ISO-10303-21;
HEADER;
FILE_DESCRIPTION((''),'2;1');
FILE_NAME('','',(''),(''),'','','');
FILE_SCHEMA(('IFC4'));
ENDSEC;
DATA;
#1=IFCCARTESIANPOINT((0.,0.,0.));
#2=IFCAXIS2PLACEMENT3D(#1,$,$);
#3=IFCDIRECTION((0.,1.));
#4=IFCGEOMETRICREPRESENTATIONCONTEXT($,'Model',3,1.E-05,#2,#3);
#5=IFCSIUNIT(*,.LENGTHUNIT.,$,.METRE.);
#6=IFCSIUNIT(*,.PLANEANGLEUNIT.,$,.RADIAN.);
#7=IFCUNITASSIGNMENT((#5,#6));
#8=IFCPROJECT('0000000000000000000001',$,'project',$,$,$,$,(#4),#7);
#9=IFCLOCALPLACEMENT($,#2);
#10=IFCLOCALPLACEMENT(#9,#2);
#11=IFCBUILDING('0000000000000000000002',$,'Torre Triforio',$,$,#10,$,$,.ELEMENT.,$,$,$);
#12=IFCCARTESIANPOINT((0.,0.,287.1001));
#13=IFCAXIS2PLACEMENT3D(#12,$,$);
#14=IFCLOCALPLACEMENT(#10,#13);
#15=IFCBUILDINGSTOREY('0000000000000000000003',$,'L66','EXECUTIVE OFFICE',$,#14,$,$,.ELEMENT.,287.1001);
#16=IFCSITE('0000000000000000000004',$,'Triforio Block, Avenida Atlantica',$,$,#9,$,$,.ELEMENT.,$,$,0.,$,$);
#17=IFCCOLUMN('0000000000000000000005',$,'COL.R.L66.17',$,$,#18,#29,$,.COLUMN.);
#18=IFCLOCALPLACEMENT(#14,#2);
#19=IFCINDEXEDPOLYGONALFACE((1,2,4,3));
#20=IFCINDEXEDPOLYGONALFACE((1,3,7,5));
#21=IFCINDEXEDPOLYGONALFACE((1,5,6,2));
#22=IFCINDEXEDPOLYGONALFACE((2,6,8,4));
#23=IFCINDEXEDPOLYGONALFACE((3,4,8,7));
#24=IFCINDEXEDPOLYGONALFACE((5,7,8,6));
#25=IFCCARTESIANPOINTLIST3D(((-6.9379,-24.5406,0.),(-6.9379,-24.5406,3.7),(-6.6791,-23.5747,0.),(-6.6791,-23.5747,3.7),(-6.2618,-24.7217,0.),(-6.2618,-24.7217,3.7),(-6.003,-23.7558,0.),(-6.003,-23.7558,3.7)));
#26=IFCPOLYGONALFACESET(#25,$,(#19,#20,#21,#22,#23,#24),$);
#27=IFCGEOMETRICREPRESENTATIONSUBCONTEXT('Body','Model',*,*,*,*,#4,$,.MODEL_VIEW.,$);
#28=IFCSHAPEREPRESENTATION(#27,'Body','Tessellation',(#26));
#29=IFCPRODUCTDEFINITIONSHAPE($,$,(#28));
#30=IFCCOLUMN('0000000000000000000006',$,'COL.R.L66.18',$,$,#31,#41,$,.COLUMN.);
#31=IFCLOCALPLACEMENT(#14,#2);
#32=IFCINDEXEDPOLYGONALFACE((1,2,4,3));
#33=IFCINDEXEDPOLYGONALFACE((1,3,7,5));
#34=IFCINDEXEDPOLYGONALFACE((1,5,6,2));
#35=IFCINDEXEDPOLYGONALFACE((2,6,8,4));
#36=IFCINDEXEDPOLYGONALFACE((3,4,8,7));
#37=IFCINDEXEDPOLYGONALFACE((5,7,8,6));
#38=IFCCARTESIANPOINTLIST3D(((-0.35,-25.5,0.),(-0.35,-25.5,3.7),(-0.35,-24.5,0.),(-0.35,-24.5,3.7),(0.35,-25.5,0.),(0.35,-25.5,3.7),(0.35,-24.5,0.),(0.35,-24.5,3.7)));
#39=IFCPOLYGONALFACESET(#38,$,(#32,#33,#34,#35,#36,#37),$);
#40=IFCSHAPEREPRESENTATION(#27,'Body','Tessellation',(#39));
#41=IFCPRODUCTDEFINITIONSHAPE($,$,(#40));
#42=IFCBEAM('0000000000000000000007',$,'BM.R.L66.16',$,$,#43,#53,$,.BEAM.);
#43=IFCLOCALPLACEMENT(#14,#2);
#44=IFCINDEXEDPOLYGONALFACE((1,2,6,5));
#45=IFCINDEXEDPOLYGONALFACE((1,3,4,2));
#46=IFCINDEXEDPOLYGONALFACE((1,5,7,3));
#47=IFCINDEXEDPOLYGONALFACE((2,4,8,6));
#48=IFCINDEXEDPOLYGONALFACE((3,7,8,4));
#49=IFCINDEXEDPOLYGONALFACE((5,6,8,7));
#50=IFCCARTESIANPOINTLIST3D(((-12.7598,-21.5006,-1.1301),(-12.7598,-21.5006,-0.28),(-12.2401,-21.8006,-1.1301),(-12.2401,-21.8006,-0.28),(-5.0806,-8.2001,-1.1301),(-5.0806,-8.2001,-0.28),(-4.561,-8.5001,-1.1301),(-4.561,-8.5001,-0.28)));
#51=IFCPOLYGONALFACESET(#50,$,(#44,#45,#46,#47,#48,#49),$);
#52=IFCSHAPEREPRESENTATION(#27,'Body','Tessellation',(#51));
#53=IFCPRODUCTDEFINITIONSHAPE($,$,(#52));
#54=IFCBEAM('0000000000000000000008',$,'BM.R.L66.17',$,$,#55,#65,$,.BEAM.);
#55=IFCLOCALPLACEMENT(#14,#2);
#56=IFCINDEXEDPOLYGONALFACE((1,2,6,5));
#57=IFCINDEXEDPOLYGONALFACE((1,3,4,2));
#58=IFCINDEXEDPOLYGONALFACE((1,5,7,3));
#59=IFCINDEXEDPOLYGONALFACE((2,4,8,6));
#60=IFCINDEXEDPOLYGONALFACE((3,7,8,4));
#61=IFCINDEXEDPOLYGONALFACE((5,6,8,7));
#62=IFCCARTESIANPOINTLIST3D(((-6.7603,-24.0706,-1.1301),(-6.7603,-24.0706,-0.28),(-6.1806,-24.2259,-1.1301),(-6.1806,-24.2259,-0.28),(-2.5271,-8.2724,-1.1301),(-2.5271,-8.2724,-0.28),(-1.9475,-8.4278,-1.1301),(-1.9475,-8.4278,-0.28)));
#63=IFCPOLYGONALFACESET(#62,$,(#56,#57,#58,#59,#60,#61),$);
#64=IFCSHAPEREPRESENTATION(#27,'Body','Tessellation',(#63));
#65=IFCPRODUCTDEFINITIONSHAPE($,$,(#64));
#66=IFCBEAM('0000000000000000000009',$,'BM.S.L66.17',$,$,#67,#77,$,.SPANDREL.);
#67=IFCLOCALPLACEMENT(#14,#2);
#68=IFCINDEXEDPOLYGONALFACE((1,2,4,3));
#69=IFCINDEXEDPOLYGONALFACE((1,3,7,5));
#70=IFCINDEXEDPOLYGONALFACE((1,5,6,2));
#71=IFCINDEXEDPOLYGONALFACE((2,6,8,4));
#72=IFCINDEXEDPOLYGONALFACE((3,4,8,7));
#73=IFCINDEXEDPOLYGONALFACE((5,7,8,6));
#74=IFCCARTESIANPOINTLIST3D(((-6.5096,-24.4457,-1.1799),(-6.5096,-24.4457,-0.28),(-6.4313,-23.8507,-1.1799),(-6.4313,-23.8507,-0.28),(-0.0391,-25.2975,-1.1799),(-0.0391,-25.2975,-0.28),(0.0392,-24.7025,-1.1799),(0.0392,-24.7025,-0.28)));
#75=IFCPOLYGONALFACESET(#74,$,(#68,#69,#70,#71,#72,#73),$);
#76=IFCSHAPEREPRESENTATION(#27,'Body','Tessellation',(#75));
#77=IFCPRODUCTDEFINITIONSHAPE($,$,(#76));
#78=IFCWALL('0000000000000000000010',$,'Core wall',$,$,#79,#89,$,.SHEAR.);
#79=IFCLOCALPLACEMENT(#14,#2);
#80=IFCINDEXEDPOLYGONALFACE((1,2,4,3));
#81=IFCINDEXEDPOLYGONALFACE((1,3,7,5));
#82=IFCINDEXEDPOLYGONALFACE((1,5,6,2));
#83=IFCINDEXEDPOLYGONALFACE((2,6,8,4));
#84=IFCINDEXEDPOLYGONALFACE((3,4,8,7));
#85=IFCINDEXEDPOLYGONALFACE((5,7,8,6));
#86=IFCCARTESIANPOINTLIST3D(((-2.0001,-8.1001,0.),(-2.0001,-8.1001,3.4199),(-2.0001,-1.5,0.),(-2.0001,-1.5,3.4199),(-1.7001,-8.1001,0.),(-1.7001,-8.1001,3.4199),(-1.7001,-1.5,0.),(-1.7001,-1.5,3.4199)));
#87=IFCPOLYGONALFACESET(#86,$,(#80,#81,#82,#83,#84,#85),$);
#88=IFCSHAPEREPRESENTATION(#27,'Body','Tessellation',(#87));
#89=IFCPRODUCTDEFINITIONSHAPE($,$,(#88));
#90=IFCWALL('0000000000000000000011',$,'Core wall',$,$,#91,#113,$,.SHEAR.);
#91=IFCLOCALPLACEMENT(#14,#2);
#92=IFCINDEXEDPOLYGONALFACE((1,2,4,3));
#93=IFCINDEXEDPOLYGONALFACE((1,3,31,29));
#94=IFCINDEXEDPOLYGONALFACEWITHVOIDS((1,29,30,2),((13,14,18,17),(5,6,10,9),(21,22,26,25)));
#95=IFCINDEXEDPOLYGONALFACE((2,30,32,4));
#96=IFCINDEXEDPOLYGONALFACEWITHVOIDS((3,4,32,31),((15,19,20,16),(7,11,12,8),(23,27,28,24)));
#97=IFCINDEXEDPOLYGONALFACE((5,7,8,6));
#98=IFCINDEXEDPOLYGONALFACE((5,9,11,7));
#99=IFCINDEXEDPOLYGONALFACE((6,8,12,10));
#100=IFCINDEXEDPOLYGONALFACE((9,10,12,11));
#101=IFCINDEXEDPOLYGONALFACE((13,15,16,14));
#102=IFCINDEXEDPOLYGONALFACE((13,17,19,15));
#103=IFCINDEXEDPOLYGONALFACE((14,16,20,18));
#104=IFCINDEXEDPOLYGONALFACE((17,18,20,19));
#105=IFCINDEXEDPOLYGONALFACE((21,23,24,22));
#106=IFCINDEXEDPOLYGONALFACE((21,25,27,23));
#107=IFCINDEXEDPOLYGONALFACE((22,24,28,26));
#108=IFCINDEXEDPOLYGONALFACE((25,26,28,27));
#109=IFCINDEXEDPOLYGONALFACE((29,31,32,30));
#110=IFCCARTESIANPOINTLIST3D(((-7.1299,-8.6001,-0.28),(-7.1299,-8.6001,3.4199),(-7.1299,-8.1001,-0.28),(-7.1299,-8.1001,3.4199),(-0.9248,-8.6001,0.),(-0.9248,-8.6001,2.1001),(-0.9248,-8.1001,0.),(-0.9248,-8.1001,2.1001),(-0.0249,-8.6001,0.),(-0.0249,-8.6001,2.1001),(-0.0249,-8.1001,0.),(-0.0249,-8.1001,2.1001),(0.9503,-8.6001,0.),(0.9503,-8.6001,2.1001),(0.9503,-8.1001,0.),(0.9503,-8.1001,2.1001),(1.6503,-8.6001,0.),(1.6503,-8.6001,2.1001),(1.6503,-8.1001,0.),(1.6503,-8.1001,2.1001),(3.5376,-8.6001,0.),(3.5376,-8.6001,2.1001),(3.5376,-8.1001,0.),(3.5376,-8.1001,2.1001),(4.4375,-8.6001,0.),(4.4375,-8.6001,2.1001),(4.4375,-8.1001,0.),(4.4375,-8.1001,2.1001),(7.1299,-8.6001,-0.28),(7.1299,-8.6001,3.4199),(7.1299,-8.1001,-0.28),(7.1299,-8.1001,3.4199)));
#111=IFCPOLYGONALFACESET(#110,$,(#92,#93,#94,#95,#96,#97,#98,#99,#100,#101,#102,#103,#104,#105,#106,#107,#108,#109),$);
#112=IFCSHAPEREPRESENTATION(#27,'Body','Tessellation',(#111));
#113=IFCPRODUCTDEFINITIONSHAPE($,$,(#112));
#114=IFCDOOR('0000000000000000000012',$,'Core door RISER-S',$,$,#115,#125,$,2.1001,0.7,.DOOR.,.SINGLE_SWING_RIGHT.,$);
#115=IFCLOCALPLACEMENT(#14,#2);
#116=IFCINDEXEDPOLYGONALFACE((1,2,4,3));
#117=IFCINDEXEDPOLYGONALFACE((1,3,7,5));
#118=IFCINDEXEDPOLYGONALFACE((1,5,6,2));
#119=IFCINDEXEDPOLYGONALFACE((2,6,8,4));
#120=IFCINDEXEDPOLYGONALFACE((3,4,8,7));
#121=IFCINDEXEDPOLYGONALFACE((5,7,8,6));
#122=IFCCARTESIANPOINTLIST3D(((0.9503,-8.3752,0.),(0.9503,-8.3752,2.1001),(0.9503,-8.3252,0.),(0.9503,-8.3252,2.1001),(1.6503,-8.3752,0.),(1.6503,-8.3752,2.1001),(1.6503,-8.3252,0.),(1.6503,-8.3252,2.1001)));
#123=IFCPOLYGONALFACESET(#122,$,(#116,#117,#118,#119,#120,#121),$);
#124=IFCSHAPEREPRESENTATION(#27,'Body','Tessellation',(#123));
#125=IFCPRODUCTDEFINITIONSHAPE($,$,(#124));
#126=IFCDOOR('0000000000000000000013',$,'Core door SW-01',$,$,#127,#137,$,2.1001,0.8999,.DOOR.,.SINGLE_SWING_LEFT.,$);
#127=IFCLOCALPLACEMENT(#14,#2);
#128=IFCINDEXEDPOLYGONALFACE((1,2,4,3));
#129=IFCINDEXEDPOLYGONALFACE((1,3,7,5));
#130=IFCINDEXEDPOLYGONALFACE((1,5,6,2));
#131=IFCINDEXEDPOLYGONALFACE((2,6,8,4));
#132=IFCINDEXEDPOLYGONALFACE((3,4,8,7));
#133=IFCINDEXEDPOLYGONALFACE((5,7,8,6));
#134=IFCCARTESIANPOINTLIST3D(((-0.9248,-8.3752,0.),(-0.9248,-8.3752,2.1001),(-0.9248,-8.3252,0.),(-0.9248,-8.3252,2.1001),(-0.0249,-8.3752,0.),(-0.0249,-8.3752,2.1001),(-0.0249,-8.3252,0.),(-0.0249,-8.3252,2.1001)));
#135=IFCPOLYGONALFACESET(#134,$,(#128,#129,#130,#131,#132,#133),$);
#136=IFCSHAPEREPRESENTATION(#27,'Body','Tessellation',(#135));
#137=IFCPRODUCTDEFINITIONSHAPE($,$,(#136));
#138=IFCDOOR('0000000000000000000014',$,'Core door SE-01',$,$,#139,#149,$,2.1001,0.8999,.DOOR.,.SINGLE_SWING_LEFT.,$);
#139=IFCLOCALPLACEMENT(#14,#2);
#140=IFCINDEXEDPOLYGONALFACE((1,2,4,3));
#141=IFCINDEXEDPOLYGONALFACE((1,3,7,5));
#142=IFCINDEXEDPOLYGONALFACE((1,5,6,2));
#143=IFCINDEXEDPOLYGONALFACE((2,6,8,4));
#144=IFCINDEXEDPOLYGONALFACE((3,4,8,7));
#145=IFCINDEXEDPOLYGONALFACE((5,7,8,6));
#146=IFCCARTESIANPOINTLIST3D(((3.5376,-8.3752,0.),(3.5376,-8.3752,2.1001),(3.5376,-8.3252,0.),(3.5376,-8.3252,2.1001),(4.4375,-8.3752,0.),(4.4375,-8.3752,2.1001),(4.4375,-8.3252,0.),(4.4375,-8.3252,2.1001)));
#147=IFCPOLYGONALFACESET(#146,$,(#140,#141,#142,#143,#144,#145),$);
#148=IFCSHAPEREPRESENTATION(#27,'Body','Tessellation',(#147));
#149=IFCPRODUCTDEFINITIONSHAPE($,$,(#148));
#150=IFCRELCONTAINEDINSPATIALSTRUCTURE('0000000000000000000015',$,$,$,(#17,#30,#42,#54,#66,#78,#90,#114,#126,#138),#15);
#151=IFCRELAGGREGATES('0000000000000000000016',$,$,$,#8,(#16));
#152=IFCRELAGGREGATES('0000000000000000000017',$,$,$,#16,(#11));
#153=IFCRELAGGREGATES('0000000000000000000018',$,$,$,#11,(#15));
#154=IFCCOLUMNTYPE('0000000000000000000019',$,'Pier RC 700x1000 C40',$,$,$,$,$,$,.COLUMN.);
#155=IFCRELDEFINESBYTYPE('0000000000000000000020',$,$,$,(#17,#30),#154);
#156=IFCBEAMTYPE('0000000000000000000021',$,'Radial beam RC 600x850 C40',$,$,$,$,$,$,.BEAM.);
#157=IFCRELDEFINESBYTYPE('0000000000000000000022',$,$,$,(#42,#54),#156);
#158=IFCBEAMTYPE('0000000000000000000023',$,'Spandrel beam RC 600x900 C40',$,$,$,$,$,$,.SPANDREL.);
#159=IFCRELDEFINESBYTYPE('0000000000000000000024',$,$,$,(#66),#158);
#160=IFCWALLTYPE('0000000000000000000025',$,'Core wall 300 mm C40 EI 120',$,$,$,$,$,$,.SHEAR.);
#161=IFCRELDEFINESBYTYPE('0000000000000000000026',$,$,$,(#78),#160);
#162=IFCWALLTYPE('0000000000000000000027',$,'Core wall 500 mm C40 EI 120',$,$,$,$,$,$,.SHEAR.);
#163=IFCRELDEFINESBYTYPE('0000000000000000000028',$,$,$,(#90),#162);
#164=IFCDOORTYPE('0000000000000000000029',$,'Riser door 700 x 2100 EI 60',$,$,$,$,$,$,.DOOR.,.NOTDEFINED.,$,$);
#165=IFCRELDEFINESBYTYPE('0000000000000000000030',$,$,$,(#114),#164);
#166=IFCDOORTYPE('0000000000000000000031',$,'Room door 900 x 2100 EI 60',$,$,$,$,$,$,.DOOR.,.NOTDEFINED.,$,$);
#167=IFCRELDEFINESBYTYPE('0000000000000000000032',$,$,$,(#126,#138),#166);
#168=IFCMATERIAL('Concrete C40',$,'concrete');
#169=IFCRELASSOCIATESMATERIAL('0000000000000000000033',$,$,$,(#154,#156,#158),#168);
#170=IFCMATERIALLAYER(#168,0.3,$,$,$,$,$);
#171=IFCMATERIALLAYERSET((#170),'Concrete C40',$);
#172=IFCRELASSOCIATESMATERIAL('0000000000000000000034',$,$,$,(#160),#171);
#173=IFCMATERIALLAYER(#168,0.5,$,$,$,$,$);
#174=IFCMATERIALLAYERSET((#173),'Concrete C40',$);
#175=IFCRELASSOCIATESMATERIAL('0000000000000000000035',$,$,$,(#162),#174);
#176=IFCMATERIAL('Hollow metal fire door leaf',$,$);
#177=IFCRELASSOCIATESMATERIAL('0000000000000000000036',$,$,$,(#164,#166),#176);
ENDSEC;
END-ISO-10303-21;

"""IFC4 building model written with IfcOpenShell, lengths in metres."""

from ifc_helpers import new_model, si_unit, direction, frame, frame_2d, origin, origin_2d, place, context, subcontext, project, spatial, rectangle, extrude, material, layer, layer_set, material_profile, profile_set, type_object, element, fill, save


model = new_model("IFC4")

# Units and contexts
model_context = context("Model", 3, precision=1e-05, world=origin(), true_north=direction((0.0, 1.0)))
body_context = subcontext(model_context, "Body", "Model", "MODEL_VIEW")
ifc_project = project(units=[si_unit("LENGTHUNIT", "METRE"), si_unit("PLANEANGLEUNIT", "RADIAN")], contexts=[model_context])

# Site, building, storey
site_placement = place(None, origin())
site = spatial("IfcSite", under=ifc_project, at=site_placement, Name="Triforio Block, Avenida Atlantica", CompositionType="ELEMENT", RefElevation=0.0)
building_placement = place(site_placement, origin())
building = spatial("IfcBuilding", under=site, at=building_placement, Name="Torre Triforio", CompositionType="ELEMENT")
storey_placement = place(building_placement, frame((0.0, 0.0, 287.1001)))
storey = spatial("IfcBuildingStorey", under=building, at=storey_placement, Name="L66", Description="EXECUTIVE OFFICE", CompositionType="ELEMENT", Elevation=287.1001)

# Columns
ifc_material_1 = material(Name="Concrete C40", Category="concrete")
ifc_material_profile_1 = material_profile(ifc_material_1, rectangle(XDim=0.7, YDim=1.0, at=origin_2d()), Name="RC 700x1000")
ifc_profile_set_1 = profile_set([ifc_material_profile_1], Name="Concrete C40")
column_type = type_object("IfcColumnType", Name="Pier RC 700x1000 C40", PredefinedType="COLUMN", material=ifc_profile_set_1)
for number, where, z_axis, x_axis, name in (
    (1, (-6.4705, -24.1482, 0.0), (0.0, 0.0, 1.0), (0.965926, -0.258819, 0.0), "COL.R.L66.17"),
    (2, (0.0, -25.0, 0.0), (0.0, 0.0, 1.0), (1.0, 0.0, 0.0), "COL.R.L66.18"),
):
    element("IfcColumn", number, at=place(storey_placement, frame(where, z_axis=z_axis, x_axis=x_axis)), inside=storey, type_object=column_type, Name=name, PredefinedType="COLUMN", context=body_context, shape_type="SweptSolid", body=[
        extrude(rectangle(XDim=0.7, YDim=1.0, at=origin_2d()), origin(), (0.0, 0.0, 1.0), 3.7),
    ])

# Beams
ifc_material_profile_2 = material_profile(ifc_material_1, rectangle(XDim=0.6001, YDim=0.8501, at=origin_2d()), Name="RC 600x850")
ifc_profile_set_2 = profile_set([ifc_material_profile_2], Name="Concrete C40")
beam_type_1 = type_object("IfcBeamType", Name="Radial beam RC 600x850 C40", PredefinedType="BEAM", material=ifc_profile_set_2)
beam_1_placement = place(storey_placement, frame((-4.8208, -8.3501, -0.7051), z_axis=(-0.500006, -0.866022, 0.0), x_axis=(0.866022, -0.500006, 0.0)))
element("IfcBeam", 3, at=beam_1_placement, inside=storey, type_object=beam_type_1, Name="BM.R.L66.16", PredefinedType="BEAM", context=body_context, shape_type="SweptSolid", body=[
    extrude(rectangle(XDim=0.6001, YDim=0.8501, at=origin_2d()), origin(), (0.0, 0.0, 1.0), 15.3582),
])
beam_2_placement = place(storey_placement, frame((-2.2373, -8.3501, -0.7051), z_axis=(-0.258823, -0.965925, 0.0), x_axis=(0.965925, -0.258823, 0.0)))
element("IfcBeam", 4, at=beam_2_placement, inside=storey, type_object=beam_type_1, Name="BM.R.L66.17", PredefinedType="BEAM", context=body_context, shape_type="SweptSolid", body=[
    extrude(rectangle(XDim=0.6001, YDim=0.8501, at=origin_2d()), origin(), (0.0, 0.0, 1.0), 16.3555),
])
ifc_material_profile_3 = material_profile(ifc_material_1, rectangle(XDim=0.6001, YDim=0.8999, at=origin_2d()), Name="RC 600x900")
ifc_profile_set_3 = profile_set([ifc_material_profile_3], Name="Concrete C40")
beam_type_2 = type_object("IfcBeamType", Name="Spandrel beam RC 600x900 C40", PredefinedType="SPANDREL", material=ifc_profile_set_3)
beam_3_placement = place(storey_placement, frame((-6.4705, -24.1482, -0.73), z_axis=(0.991446, -0.130519, 0.0), x_axis=(0.130519, 0.991446, 0.0)))
element("IfcBeam", 5, at=beam_3_placement, inside=storey, type_object=beam_type_2, Name="BM.S.L66.17", PredefinedType="SPANDREL", context=body_context, shape_type="SweptSolid", body=[
    extrude(rectangle(XDim=0.6001, YDim=0.8999, at=origin_2d()), origin(), (0.0, 0.0, 1.0), 6.5264),
])

# Wall
ifc_layer_1 = layer(ifc_material_1, 0.3)
ifc_layer_set_1 = layer_set([ifc_layer_1], Name="Concrete C40")
wall_type_1 = type_object("IfcWallType", Name="Core wall 300 mm C40 EI 120", PredefinedType="SHEAR", material=ifc_layer_set_1)
wall_1_placement = place(storey_placement, frame((-1.8501, -8.1001, 0.0), z_axis=(0.0, 0.0, 1.0), x_axis=(0.0, 1.0, 0.0)))
element("IfcWall", 6, at=wall_1_placement, inside=storey, type_object=wall_type_1, Name="Core wall", PredefinedType="SHEAR", context=body_context, shape_type="SweptSolid", body=[
    extrude(rectangle(XDim=6.6001, YDim=0.3, at=frame_2d((3.3, 0.0))), origin(), (0.0, 0.0, 1.0), 3.4199),
])

# Wall, openings, doors
ifc_layer_2 = layer(ifc_material_1, 0.5)
ifc_layer_set_2 = layer_set([ifc_layer_2], Name="Concrete C40")
wall_type_2 = type_object("IfcWallType", Name="Core wall 500 mm C40 EI 120", PredefinedType="SHEAR", material=ifc_layer_set_2)
wall_2_placement = place(storey_placement, frame((-7.1299, -8.3501, -0.28), z_axis=(0.0, 0.0, 1.0), x_axis=(1.0, 0.0, 0.0)))
wall_2 = element("IfcWall", 7, at=wall_2_placement, inside=storey, type_object=wall_type_2, Name="Core wall", PredefinedType="SHEAR", context=body_context, shape_type="SweptSolid", body=[
    extrude(rectangle(XDim=14.2598, YDim=0.5, at=frame_2d((7.1299, 0.0))), origin(), (0.0, 0.0, 1.0), 3.7),
])
opening_1_placement = place(wall_2_placement, frame((8.0801, 0.0, 0.28)))
opening_1 = element("IfcOpeningElement", 8, at=opening_1_placement, cuts=wall_2, PredefinedType="OPENING", context=body_context, shape_type="SweptSolid", body=[
    extrude(rectangle(XDim=0.7, YDim=2.1001, at=frame_2d((0.3501, 1.05))), frame((0.0, 0.26, 0.0), z_axis=(0.0, -1.0, 0.0), x_axis=(1.0, 0.0, 0.0)), (0.0, 0.0, 1.0), 0.52),
])
opening_2_placement = place(wall_2_placement, frame((6.2051, 0.0, 0.28)))
opening_2 = element("IfcOpeningElement", 9, at=opening_2_placement, cuts=wall_2, PredefinedType="OPENING", context=body_context, shape_type="SweptSolid", body=[
    extrude(rectangle(XDim=0.8999, YDim=2.1001, at=frame_2d((0.45, 1.05))), frame((0.0, 0.26, 0.0), z_axis=(0.0, -1.0, 0.0), x_axis=(1.0, 0.0, 0.0)), (0.0, 0.0, 1.0), 0.52),
])
opening_3_placement = place(wall_2_placement, frame((10.6675, 0.0, 0.28)))
opening_3 = element("IfcOpeningElement", 10, at=opening_3_placement, cuts=wall_2, PredefinedType="OPENING", context=body_context, shape_type="SweptSolid", body=[
    extrude(rectangle(XDim=0.8999, YDim=2.1001, at=frame_2d((0.45, 1.05))), frame((0.0, 0.26, 0.0), z_axis=(0.0, -1.0, 0.0), x_axis=(1.0, 0.0, 0.0)), (0.0, 0.0, 1.0), 0.52),
])
ifc_material_2 = material(Name="Hollow metal fire door leaf")
door_type_1 = type_object("IfcDoorType", Name="Riser door 700 x 2100 EI 60", OperationType="NOTDEFINED", PredefinedType="DOOR", material=ifc_material_2)
door_1_placement = place(opening_1_placement, origin())
door_1 = element("IfcDoor", 11, at=door_1_placement, inside=storey, type_object=door_type_1, Name="Core door RISER-S", OperationType="SINGLE_SWING_RIGHT", OverallHeight=2.1001, OverallWidth=0.7, PredefinedType="DOOR", context=body_context, shape_type="SweptSolid", body=[
    extrude(rectangle(XDim=0.7, YDim=2.1001, at=frame_2d((0.3501, 1.05))), frame((0.0, 0.0249, 0.0), z_axis=(0.0, -1.0, 0.0), x_axis=(1.0, 0.0, 0.0)), (0.0, 0.0, 1.0), 0.05),
])
fill(opening_1, door_1)
door_type_2 = type_object("IfcDoorType", Name="Room door 900 x 2100 EI 60", OperationType="NOTDEFINED", PredefinedType="DOOR", material=ifc_material_2)
door_2_placement = place(opening_2_placement, origin())
door_2 = element("IfcDoor", 12, at=door_2_placement, inside=storey, type_object=door_type_2, Name="Core door SW-01", OperationType="SINGLE_SWING_LEFT", OverallHeight=2.1001, OverallWidth=0.8999, PredefinedType="DOOR", context=body_context, shape_type="SweptSolid", body=[
    extrude(rectangle(XDim=0.8999, YDim=2.1001, at=frame_2d((0.45, 1.05))), frame((0.0, 0.0249, 0.0), z_axis=(0.0, -1.0, 0.0), x_axis=(1.0, 0.0, 0.0)), (0.0, 0.0, 1.0), 0.05),
])
fill(opening_2, door_2)
door_3_placement = place(opening_3_placement, origin())
door_3 = element("IfcDoor", 13, at=door_3_placement, inside=storey, type_object=door_type_2, Name="Core door SE-01", OperationType="SINGLE_SWING_LEFT", OverallHeight=2.1001, OverallWidth=0.8999, PredefinedType="DOOR", context=body_context, shape_type="SweptSolid", body=[
    extrude(rectangle(XDim=0.8999, YDim=2.1001, at=frame_2d((0.45, 1.05))), frame((0.0, 0.0249, 0.0), z_axis=(0.0, -1.0, 0.0), x_axis=(1.0, 0.0, 0.0)), (0.0, 0.0, 1.0), 0.05),
])
fill(opening_3, door_3)

save(model, "model.ifc")
